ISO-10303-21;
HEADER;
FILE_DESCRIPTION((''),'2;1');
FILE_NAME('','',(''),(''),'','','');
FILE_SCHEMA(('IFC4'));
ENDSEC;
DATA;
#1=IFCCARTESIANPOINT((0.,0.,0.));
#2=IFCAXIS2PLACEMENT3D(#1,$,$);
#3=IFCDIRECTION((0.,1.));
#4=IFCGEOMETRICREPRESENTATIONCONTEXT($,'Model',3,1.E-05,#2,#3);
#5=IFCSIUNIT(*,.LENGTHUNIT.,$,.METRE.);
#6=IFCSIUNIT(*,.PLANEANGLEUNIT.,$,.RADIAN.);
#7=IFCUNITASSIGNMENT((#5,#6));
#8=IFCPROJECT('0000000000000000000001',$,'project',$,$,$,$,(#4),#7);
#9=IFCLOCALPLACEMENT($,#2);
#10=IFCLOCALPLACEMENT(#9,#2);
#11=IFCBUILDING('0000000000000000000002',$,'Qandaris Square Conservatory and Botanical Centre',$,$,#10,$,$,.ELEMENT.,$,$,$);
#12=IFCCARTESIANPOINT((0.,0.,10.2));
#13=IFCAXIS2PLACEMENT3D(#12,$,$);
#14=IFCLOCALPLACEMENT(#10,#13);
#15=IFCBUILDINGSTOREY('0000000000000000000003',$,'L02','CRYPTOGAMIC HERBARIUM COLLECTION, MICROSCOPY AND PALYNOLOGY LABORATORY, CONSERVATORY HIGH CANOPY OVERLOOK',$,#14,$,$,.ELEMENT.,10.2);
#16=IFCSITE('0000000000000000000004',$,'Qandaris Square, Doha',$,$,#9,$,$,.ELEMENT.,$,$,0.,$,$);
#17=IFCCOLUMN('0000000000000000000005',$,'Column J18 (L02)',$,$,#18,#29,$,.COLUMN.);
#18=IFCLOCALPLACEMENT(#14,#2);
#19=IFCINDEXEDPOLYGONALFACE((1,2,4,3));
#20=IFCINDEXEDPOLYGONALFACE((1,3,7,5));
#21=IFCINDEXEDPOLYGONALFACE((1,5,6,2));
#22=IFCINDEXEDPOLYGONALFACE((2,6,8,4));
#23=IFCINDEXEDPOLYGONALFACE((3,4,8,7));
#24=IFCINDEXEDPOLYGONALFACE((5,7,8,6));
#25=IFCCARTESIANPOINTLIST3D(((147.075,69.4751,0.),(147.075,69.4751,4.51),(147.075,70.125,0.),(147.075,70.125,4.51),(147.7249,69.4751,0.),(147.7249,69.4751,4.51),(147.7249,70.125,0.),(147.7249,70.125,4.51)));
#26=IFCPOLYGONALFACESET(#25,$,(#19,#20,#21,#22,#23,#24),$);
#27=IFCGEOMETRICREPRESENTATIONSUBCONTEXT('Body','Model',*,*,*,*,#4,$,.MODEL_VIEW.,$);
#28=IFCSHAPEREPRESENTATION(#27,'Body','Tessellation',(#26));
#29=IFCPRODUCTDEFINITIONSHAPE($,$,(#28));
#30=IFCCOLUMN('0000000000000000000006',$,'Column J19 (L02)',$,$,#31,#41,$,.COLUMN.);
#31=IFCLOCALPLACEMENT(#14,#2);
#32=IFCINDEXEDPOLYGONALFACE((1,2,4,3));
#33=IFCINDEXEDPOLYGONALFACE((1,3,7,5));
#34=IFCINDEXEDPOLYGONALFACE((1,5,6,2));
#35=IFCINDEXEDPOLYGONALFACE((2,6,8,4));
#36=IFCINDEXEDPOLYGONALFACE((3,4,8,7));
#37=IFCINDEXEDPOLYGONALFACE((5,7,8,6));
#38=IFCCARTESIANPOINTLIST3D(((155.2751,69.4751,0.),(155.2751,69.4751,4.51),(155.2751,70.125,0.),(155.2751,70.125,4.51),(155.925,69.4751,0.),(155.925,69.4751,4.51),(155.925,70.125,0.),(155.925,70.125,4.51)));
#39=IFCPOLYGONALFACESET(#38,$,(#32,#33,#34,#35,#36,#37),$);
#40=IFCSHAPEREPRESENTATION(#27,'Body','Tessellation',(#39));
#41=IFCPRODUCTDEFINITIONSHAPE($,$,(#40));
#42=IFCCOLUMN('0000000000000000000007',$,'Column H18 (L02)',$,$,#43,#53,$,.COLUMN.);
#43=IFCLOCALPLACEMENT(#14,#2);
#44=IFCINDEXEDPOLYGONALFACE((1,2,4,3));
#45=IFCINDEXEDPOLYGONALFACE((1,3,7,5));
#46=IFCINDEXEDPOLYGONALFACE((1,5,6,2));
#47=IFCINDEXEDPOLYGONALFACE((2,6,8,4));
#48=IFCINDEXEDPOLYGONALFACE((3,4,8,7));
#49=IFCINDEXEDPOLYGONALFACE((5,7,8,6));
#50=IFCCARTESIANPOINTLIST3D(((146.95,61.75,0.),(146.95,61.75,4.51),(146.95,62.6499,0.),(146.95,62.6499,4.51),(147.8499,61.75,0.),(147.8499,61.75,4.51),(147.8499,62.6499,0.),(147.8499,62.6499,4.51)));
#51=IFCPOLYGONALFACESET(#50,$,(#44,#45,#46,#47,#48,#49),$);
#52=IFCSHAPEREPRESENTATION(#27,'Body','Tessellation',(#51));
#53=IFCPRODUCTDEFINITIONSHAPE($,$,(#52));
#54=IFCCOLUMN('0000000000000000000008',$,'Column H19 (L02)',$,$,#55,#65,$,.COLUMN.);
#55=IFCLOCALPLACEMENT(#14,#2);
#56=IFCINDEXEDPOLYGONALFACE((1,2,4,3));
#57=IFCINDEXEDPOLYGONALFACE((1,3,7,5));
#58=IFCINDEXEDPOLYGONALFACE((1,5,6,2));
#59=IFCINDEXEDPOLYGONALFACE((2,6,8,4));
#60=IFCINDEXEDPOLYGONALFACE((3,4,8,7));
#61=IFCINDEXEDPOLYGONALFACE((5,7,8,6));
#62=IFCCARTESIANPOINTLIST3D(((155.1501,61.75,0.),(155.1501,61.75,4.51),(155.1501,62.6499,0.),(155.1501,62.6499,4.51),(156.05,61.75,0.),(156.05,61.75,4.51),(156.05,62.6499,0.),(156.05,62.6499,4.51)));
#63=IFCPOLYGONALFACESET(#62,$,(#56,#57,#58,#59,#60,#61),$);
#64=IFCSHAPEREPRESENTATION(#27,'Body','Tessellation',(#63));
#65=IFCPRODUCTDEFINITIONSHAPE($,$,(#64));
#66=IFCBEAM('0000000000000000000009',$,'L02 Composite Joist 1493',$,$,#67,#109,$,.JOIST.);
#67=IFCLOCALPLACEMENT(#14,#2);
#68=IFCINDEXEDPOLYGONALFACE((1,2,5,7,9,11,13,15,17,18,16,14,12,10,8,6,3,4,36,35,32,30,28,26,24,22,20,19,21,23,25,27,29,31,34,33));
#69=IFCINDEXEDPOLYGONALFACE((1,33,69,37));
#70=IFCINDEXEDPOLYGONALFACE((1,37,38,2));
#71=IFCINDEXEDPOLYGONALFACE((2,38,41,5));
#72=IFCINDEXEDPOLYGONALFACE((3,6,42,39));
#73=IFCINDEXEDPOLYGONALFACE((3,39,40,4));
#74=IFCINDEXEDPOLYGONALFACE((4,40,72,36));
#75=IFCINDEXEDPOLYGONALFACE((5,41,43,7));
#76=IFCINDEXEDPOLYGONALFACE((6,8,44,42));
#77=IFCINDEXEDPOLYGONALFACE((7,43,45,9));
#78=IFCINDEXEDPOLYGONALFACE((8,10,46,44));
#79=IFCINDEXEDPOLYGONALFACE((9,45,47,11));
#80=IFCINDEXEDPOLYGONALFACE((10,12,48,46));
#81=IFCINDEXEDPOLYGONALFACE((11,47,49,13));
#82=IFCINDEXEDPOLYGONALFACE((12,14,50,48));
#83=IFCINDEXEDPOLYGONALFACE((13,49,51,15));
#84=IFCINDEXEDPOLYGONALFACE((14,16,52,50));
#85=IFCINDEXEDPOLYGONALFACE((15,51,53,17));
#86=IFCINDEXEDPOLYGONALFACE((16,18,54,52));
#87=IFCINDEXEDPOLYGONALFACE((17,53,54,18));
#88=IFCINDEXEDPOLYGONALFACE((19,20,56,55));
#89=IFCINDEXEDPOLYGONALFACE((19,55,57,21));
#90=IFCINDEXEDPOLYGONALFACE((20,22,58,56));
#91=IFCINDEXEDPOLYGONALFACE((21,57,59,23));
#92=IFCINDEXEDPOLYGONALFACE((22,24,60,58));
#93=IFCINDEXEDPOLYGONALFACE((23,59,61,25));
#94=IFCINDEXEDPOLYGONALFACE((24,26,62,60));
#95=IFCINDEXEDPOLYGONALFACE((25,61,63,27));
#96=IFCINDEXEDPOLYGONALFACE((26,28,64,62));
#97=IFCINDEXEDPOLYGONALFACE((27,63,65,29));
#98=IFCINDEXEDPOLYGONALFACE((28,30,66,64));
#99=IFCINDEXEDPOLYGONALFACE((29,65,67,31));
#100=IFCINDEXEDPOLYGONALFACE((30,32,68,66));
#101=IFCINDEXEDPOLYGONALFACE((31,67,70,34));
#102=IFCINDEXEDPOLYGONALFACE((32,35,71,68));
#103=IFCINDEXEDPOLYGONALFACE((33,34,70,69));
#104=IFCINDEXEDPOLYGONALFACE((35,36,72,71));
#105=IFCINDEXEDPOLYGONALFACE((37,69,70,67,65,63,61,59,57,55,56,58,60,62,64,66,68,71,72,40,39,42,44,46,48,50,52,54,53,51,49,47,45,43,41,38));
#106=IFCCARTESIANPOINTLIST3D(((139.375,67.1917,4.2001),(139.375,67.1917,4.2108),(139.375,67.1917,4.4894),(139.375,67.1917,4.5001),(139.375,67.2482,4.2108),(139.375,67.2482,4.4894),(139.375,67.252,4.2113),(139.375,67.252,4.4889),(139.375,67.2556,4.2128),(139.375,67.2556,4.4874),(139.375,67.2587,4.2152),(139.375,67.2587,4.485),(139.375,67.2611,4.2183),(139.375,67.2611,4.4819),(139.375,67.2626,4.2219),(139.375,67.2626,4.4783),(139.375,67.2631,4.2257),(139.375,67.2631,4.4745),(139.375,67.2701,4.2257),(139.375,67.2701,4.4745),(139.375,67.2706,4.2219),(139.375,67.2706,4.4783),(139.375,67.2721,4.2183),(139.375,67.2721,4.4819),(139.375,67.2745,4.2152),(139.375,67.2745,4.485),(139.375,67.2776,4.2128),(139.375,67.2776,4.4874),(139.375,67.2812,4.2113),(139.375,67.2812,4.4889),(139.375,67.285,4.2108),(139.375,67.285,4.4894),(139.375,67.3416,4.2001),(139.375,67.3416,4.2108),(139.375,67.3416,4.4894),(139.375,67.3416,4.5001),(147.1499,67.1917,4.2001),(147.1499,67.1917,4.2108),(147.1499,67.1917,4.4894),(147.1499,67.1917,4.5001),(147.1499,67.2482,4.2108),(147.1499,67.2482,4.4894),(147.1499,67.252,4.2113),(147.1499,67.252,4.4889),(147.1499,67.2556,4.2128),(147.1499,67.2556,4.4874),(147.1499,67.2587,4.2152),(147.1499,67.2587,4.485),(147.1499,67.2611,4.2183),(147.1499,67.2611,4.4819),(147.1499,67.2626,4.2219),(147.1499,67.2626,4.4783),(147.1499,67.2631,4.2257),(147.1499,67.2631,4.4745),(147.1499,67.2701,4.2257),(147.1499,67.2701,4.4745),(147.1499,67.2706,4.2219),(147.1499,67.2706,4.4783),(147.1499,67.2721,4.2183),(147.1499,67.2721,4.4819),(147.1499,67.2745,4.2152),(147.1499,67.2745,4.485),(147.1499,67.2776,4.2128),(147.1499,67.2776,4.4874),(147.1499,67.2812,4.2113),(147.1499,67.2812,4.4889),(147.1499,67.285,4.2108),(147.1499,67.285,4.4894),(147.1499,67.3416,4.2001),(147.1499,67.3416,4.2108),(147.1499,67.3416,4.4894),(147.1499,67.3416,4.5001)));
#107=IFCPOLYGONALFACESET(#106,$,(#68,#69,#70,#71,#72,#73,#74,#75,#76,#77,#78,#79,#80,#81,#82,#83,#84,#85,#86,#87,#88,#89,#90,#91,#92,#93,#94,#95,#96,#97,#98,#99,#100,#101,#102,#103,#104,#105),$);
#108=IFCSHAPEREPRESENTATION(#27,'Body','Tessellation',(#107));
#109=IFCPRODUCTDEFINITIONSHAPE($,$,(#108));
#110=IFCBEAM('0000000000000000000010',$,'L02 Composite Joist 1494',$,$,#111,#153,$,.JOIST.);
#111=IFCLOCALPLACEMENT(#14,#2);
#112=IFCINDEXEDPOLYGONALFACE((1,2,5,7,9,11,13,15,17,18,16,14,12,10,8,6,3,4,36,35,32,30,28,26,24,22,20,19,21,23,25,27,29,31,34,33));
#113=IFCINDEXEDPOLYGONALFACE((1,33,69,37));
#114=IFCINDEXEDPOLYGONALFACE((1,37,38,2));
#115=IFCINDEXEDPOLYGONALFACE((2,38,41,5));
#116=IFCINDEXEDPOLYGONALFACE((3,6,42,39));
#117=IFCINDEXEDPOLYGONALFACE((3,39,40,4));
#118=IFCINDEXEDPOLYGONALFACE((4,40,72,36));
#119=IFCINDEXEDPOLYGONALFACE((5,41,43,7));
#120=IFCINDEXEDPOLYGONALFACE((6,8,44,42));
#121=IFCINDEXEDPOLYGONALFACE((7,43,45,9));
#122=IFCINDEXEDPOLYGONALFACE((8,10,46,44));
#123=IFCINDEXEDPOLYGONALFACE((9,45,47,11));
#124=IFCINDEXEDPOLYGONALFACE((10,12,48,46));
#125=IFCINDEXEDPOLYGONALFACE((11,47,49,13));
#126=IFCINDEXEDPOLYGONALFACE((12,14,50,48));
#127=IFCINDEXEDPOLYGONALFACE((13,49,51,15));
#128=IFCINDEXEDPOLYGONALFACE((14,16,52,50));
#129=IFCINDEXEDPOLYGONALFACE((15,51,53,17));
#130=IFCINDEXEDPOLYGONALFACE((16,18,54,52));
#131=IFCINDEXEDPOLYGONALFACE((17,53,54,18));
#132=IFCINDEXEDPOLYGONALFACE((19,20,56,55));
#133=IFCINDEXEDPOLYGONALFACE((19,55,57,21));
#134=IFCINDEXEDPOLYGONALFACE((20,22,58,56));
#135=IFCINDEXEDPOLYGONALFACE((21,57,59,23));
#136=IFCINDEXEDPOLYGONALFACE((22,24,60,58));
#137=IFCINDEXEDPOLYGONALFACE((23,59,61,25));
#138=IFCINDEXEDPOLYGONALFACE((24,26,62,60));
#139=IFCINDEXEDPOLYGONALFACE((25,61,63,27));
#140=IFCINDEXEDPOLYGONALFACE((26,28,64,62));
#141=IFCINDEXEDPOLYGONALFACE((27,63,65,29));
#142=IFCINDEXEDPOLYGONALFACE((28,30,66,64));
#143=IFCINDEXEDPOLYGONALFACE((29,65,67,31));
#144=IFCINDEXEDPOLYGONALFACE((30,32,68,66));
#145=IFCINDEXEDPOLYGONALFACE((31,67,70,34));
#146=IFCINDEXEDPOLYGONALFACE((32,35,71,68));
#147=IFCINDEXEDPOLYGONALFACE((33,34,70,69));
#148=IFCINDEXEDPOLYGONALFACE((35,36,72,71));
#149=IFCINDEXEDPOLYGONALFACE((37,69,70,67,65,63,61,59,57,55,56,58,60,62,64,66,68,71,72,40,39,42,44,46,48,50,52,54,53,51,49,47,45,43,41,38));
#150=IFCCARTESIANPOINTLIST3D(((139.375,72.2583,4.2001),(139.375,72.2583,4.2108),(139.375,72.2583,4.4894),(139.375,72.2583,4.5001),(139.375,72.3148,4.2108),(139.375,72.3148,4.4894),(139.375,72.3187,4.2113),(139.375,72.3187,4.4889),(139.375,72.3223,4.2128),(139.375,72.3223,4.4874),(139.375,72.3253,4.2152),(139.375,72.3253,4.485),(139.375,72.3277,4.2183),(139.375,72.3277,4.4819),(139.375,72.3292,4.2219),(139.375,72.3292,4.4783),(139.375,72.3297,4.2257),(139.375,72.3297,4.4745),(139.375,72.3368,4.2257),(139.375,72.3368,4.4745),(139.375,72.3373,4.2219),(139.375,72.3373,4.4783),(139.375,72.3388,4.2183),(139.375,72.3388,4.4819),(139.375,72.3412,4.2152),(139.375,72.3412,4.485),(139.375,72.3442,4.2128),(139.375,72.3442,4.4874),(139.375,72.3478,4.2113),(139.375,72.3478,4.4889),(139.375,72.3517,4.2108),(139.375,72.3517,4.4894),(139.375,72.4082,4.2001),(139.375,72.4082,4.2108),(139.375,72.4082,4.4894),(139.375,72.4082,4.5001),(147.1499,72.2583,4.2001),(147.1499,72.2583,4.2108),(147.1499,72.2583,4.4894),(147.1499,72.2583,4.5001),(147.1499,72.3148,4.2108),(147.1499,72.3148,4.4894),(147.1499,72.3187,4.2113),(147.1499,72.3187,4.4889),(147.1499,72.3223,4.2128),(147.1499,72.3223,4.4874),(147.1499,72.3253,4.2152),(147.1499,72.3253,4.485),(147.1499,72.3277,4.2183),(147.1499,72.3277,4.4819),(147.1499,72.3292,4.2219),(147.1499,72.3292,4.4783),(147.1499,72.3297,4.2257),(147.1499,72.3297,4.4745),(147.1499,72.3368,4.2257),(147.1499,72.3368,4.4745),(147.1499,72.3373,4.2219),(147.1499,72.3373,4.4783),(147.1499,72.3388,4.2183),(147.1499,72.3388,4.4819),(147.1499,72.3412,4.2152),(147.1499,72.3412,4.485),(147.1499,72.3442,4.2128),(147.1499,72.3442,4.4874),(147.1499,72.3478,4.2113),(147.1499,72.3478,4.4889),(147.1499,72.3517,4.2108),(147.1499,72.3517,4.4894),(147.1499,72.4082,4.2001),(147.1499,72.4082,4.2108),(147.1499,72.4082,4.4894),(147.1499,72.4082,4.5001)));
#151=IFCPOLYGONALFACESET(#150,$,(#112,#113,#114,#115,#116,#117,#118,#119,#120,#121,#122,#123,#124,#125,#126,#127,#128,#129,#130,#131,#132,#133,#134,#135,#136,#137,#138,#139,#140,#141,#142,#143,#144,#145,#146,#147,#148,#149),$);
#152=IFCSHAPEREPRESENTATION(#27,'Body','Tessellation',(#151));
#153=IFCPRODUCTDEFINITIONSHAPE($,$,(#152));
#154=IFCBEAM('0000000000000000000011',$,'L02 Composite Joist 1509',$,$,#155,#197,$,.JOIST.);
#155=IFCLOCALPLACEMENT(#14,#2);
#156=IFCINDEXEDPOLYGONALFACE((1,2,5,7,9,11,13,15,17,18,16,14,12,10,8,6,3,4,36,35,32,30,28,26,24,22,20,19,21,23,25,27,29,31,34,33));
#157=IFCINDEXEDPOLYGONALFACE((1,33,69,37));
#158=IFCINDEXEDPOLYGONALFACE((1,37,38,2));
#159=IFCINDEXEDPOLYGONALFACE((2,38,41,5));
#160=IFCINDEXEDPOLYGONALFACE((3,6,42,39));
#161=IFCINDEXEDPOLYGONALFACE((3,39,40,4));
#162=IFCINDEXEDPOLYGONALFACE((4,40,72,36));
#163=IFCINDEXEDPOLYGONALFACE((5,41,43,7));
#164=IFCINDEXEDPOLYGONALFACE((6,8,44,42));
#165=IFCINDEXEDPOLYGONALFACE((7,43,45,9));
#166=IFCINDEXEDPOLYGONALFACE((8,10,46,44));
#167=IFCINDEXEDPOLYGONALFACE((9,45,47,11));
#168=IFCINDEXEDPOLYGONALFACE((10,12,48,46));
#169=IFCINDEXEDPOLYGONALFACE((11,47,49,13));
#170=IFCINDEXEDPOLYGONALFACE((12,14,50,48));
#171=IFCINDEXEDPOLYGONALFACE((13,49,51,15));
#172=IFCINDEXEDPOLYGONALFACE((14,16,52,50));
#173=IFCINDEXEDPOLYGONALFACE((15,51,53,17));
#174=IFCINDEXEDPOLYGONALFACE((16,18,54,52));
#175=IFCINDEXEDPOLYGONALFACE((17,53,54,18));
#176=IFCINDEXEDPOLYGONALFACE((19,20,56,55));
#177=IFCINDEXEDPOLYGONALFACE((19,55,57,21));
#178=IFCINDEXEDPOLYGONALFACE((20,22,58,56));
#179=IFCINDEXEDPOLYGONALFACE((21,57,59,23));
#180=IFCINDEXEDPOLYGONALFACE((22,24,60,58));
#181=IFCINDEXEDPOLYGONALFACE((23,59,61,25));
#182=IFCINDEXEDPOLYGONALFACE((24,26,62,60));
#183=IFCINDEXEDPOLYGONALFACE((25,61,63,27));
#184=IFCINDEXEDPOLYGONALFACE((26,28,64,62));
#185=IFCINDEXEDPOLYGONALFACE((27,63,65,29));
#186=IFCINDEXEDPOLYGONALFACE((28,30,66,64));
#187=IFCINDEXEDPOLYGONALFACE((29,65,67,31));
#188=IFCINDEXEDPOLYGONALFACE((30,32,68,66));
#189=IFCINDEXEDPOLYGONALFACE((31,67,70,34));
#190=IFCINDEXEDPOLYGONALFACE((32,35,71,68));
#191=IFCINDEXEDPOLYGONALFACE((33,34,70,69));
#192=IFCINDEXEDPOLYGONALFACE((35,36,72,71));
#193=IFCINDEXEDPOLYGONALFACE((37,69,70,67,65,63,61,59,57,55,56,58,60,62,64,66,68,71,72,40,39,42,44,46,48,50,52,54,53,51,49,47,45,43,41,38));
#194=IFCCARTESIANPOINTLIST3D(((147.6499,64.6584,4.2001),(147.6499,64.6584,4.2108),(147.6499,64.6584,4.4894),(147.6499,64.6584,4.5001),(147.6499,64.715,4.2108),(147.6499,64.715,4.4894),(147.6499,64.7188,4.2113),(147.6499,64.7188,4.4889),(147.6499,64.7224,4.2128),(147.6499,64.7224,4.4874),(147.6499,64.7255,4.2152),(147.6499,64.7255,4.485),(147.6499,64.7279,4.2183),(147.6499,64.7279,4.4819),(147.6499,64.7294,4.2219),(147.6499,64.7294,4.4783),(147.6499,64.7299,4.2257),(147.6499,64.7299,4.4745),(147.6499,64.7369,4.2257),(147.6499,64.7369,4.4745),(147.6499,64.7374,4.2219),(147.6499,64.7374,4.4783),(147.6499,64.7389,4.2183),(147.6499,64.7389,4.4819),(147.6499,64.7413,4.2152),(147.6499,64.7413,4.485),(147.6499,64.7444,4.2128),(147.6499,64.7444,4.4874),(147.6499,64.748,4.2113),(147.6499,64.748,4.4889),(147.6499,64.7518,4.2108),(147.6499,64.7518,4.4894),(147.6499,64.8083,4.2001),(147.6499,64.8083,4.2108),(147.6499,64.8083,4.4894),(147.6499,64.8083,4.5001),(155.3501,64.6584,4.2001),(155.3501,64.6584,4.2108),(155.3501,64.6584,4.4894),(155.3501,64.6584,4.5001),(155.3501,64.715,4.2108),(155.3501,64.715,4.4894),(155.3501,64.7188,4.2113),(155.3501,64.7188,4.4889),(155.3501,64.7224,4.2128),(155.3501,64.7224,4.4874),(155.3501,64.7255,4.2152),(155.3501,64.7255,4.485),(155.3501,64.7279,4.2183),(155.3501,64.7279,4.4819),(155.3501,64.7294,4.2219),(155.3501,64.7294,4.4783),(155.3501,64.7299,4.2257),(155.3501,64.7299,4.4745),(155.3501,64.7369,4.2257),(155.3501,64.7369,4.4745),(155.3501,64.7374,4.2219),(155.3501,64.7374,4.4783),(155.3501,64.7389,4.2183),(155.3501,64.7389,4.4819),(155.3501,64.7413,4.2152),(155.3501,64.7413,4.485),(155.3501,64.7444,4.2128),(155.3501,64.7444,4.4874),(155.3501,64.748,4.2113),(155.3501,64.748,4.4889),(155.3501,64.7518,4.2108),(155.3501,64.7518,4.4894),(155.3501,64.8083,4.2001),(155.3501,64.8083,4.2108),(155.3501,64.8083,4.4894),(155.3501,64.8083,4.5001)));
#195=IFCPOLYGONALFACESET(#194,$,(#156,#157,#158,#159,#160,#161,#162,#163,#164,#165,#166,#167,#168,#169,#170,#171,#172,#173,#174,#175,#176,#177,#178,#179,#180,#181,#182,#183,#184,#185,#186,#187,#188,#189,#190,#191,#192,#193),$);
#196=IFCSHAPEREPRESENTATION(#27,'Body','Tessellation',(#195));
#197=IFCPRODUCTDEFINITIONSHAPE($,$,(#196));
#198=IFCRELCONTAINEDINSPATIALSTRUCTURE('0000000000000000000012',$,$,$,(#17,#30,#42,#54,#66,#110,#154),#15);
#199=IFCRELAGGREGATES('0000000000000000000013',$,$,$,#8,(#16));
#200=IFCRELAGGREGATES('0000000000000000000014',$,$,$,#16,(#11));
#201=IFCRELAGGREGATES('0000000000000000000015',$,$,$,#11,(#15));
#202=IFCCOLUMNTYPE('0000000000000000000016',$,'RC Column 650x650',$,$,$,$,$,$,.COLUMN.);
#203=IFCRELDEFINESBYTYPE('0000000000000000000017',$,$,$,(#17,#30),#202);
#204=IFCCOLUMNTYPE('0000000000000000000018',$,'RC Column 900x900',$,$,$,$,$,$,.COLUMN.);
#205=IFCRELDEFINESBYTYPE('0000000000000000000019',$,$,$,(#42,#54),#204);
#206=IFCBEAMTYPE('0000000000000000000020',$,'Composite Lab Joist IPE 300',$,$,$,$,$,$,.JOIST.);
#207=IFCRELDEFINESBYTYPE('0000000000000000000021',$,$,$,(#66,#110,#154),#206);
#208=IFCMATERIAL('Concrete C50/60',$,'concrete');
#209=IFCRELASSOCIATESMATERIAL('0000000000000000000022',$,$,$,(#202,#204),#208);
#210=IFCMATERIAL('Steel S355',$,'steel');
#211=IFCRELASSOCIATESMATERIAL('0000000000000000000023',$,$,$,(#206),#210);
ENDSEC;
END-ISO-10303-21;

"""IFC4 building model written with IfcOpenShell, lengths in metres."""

from ifc_helpers import new_model, si_unit, direction, frame, origin, origin_2d, place, context, subcontext, project, spatial, rectangle, i_section, extrude, material, material_profile, profile_set, type_object, element, save


model = new_model("IFC4")

# Units and contexts
model_context = context("Model", 3, precision=1e-05, world=origin(), true_north=direction((0.0, 1.0)))
body_context = subcontext(model_context, "Body", "Model", "MODEL_VIEW")
ifc_project = project(units=[si_unit("LENGTHUNIT", "METRE"), si_unit("PLANEANGLEUNIT", "RADIAN")], contexts=[model_context])

# Site, building, storey
site_placement = place(None, origin())
site = spatial("IfcSite", under=ifc_project, at=site_placement, Name="Qandaris Square, Doha", CompositionType="ELEMENT", RefElevation=0.0)
building_placement = place(site_placement, origin())
building = spatial("IfcBuilding", under=site, at=building_placement, Name="Qandaris Square Conservatory and Botanical Centre", CompositionType="ELEMENT")
storey_placement = place(building_placement, frame((0.0, 0.0, 10.2)))
storey = spatial("IfcBuildingStorey", under=building, at=storey_placement, Name="L02", Description="CRYPTOGAMIC HERBARIUM COLLECTION, MICROSCOPY AND PALYNOLOGY LABORATORY, CONSERVATORY HIGH CANOPY OVERLOOK", CompositionType="ELEMENT", Elevation=10.2)

# Columns
ifc_material_1 = material(Name="Concrete C50/60", Category="concrete")
ifc_material_profile_1 = material_profile(ifc_material_1, rectangle(XDim=0.6499, YDim=0.6499, at=origin_2d()), Name="RC-COL 650x650")
ifc_profile_set_1 = profile_set([ifc_material_profile_1], Name="Concrete C50/60")
column_type_1 = type_object("IfcColumnType", Name="RC Column 650x650", PredefinedType="COLUMN", material=ifc_profile_set_1)
for number, where, z_axis, x_axis, name in (
    (1, (147.3999, 69.8, 0.0), (0.0, 0.0, 1.0), (1.0, 0.0, 0.0), "Column J18 (L02)"),
    (2, (155.6001, 69.8, 0.0), (0.0, 0.0, 1.0), (1.0, 0.0, 0.0), "Column J19 (L02)"),
):
    element("IfcColumn", number, at=place(storey_placement, frame(where, z_axis=z_axis, x_axis=x_axis)), inside=storey, type_object=column_type_1, Name=name, PredefinedType="COLUMN", context=body_context, shape_type="SweptSolid", body=[
        extrude(rectangle(XDim=0.6499, YDim=0.6499, at=origin_2d()), origin(), (0.0, 0.0, 1.0), 4.51),
    ])
ifc_material_profile_2 = material_profile(ifc_material_1, rectangle(XDim=0.8999, YDim=0.8999, at=origin_2d()), Name="RC-COL 900x900")
ifc_profile_set_2 = profile_set([ifc_material_profile_2], Name="Concrete C50/60")
column_type_2 = type_object("IfcColumnType", Name="RC Column 900x900", PredefinedType="COLUMN", material=ifc_profile_set_2)
for number, where, z_axis, x_axis, name in (
    (3, (147.3999, 62.2, 0.0), (0.0, 0.0, 1.0), (1.0, 0.0, 0.0), "Column H18 (L02)"),
    (4, (155.6001, 62.2, 0.0), (0.0, 0.0, 1.0), (1.0, 0.0, 0.0), "Column H19 (L02)"),
):
    element("IfcColumn", number, at=place(storey_placement, frame(where, z_axis=z_axis, x_axis=x_axis)), inside=storey, type_object=column_type_2, Name=name, PredefinedType="COLUMN", context=body_context, shape_type="SweptSolid", body=[
        extrude(rectangle(XDim=0.8999, YDim=0.8999, at=origin_2d()), origin(), (0.0, 0.0, 1.0), 4.51),
    ])

# Beams
ifc_material_2 = material(Name="Steel S355", Category="steel")
ifc_material_profile_3 = material_profile(ifc_material_2, i_section(OverallWidth=0.1499, OverallDepth=0.3, WebThickness=0.0071, FlangeThickness=0.0107, FilletRadius=0.0149, at=origin_2d()), Name="IPE 300")
ifc_profile_set_3 = profile_set([ifc_material_profile_3], Name="Steel S355")
beam_type_1 = type_object("IfcBeamType", Name="Composite Lab Joist IPE 300", PredefinedType="JOIST", material=ifc_profile_set_3)
for number, where, z_axis, x_axis, name in (
    (5, (139.375, 67.2666, 4.3501), (1.0, 0.0, 0.0), (0.0, 1.0, 0.0), "L02 Composite Joist 1493"),
    (6, (139.375, 72.3333, 4.3501), (1.0, 0.0, 0.0), (0.0, 1.0, 0.0), "L02 Composite Joist 1494"),
):
    element("IfcBeam", number, at=place(storey_placement, frame(where, z_axis=z_axis, x_axis=x_axis)), inside=storey, type_object=beam_type_1, Name=name, PredefinedType="JOIST", context=body_context, shape_type="SweptSolid", body=[
        extrude(i_section(OverallWidth=0.1499, OverallDepth=0.3, WebThickness=0.0071, FlangeThickness=0.0107, FilletRadius=0.0149, at=origin_2d()), origin(), (0.0, 0.0, 1.0), 7.7749),
    ])
beam_1_placement = place(storey_placement, frame((147.6499, 64.7334, 4.3501), z_axis=(1.0, 0.0, 0.0), x_axis=(0.0, 1.0, 0.0)))
element("IfcBeam", 7, at=beam_1_placement, inside=storey, type_object=beam_type_1, Name="L02 Composite Joist 1509", PredefinedType="JOIST", context=body_context, shape_type="SweptSolid", body=[
    extrude(i_section(OverallWidth=0.1499, OverallDepth=0.3, WebThickness=0.0071, FlangeThickness=0.0107, FilletRadius=0.0149, at=origin_2d()), origin(), (0.0, 0.0, 1.0), 7.7002),
])

save(model, "model.ifc")
